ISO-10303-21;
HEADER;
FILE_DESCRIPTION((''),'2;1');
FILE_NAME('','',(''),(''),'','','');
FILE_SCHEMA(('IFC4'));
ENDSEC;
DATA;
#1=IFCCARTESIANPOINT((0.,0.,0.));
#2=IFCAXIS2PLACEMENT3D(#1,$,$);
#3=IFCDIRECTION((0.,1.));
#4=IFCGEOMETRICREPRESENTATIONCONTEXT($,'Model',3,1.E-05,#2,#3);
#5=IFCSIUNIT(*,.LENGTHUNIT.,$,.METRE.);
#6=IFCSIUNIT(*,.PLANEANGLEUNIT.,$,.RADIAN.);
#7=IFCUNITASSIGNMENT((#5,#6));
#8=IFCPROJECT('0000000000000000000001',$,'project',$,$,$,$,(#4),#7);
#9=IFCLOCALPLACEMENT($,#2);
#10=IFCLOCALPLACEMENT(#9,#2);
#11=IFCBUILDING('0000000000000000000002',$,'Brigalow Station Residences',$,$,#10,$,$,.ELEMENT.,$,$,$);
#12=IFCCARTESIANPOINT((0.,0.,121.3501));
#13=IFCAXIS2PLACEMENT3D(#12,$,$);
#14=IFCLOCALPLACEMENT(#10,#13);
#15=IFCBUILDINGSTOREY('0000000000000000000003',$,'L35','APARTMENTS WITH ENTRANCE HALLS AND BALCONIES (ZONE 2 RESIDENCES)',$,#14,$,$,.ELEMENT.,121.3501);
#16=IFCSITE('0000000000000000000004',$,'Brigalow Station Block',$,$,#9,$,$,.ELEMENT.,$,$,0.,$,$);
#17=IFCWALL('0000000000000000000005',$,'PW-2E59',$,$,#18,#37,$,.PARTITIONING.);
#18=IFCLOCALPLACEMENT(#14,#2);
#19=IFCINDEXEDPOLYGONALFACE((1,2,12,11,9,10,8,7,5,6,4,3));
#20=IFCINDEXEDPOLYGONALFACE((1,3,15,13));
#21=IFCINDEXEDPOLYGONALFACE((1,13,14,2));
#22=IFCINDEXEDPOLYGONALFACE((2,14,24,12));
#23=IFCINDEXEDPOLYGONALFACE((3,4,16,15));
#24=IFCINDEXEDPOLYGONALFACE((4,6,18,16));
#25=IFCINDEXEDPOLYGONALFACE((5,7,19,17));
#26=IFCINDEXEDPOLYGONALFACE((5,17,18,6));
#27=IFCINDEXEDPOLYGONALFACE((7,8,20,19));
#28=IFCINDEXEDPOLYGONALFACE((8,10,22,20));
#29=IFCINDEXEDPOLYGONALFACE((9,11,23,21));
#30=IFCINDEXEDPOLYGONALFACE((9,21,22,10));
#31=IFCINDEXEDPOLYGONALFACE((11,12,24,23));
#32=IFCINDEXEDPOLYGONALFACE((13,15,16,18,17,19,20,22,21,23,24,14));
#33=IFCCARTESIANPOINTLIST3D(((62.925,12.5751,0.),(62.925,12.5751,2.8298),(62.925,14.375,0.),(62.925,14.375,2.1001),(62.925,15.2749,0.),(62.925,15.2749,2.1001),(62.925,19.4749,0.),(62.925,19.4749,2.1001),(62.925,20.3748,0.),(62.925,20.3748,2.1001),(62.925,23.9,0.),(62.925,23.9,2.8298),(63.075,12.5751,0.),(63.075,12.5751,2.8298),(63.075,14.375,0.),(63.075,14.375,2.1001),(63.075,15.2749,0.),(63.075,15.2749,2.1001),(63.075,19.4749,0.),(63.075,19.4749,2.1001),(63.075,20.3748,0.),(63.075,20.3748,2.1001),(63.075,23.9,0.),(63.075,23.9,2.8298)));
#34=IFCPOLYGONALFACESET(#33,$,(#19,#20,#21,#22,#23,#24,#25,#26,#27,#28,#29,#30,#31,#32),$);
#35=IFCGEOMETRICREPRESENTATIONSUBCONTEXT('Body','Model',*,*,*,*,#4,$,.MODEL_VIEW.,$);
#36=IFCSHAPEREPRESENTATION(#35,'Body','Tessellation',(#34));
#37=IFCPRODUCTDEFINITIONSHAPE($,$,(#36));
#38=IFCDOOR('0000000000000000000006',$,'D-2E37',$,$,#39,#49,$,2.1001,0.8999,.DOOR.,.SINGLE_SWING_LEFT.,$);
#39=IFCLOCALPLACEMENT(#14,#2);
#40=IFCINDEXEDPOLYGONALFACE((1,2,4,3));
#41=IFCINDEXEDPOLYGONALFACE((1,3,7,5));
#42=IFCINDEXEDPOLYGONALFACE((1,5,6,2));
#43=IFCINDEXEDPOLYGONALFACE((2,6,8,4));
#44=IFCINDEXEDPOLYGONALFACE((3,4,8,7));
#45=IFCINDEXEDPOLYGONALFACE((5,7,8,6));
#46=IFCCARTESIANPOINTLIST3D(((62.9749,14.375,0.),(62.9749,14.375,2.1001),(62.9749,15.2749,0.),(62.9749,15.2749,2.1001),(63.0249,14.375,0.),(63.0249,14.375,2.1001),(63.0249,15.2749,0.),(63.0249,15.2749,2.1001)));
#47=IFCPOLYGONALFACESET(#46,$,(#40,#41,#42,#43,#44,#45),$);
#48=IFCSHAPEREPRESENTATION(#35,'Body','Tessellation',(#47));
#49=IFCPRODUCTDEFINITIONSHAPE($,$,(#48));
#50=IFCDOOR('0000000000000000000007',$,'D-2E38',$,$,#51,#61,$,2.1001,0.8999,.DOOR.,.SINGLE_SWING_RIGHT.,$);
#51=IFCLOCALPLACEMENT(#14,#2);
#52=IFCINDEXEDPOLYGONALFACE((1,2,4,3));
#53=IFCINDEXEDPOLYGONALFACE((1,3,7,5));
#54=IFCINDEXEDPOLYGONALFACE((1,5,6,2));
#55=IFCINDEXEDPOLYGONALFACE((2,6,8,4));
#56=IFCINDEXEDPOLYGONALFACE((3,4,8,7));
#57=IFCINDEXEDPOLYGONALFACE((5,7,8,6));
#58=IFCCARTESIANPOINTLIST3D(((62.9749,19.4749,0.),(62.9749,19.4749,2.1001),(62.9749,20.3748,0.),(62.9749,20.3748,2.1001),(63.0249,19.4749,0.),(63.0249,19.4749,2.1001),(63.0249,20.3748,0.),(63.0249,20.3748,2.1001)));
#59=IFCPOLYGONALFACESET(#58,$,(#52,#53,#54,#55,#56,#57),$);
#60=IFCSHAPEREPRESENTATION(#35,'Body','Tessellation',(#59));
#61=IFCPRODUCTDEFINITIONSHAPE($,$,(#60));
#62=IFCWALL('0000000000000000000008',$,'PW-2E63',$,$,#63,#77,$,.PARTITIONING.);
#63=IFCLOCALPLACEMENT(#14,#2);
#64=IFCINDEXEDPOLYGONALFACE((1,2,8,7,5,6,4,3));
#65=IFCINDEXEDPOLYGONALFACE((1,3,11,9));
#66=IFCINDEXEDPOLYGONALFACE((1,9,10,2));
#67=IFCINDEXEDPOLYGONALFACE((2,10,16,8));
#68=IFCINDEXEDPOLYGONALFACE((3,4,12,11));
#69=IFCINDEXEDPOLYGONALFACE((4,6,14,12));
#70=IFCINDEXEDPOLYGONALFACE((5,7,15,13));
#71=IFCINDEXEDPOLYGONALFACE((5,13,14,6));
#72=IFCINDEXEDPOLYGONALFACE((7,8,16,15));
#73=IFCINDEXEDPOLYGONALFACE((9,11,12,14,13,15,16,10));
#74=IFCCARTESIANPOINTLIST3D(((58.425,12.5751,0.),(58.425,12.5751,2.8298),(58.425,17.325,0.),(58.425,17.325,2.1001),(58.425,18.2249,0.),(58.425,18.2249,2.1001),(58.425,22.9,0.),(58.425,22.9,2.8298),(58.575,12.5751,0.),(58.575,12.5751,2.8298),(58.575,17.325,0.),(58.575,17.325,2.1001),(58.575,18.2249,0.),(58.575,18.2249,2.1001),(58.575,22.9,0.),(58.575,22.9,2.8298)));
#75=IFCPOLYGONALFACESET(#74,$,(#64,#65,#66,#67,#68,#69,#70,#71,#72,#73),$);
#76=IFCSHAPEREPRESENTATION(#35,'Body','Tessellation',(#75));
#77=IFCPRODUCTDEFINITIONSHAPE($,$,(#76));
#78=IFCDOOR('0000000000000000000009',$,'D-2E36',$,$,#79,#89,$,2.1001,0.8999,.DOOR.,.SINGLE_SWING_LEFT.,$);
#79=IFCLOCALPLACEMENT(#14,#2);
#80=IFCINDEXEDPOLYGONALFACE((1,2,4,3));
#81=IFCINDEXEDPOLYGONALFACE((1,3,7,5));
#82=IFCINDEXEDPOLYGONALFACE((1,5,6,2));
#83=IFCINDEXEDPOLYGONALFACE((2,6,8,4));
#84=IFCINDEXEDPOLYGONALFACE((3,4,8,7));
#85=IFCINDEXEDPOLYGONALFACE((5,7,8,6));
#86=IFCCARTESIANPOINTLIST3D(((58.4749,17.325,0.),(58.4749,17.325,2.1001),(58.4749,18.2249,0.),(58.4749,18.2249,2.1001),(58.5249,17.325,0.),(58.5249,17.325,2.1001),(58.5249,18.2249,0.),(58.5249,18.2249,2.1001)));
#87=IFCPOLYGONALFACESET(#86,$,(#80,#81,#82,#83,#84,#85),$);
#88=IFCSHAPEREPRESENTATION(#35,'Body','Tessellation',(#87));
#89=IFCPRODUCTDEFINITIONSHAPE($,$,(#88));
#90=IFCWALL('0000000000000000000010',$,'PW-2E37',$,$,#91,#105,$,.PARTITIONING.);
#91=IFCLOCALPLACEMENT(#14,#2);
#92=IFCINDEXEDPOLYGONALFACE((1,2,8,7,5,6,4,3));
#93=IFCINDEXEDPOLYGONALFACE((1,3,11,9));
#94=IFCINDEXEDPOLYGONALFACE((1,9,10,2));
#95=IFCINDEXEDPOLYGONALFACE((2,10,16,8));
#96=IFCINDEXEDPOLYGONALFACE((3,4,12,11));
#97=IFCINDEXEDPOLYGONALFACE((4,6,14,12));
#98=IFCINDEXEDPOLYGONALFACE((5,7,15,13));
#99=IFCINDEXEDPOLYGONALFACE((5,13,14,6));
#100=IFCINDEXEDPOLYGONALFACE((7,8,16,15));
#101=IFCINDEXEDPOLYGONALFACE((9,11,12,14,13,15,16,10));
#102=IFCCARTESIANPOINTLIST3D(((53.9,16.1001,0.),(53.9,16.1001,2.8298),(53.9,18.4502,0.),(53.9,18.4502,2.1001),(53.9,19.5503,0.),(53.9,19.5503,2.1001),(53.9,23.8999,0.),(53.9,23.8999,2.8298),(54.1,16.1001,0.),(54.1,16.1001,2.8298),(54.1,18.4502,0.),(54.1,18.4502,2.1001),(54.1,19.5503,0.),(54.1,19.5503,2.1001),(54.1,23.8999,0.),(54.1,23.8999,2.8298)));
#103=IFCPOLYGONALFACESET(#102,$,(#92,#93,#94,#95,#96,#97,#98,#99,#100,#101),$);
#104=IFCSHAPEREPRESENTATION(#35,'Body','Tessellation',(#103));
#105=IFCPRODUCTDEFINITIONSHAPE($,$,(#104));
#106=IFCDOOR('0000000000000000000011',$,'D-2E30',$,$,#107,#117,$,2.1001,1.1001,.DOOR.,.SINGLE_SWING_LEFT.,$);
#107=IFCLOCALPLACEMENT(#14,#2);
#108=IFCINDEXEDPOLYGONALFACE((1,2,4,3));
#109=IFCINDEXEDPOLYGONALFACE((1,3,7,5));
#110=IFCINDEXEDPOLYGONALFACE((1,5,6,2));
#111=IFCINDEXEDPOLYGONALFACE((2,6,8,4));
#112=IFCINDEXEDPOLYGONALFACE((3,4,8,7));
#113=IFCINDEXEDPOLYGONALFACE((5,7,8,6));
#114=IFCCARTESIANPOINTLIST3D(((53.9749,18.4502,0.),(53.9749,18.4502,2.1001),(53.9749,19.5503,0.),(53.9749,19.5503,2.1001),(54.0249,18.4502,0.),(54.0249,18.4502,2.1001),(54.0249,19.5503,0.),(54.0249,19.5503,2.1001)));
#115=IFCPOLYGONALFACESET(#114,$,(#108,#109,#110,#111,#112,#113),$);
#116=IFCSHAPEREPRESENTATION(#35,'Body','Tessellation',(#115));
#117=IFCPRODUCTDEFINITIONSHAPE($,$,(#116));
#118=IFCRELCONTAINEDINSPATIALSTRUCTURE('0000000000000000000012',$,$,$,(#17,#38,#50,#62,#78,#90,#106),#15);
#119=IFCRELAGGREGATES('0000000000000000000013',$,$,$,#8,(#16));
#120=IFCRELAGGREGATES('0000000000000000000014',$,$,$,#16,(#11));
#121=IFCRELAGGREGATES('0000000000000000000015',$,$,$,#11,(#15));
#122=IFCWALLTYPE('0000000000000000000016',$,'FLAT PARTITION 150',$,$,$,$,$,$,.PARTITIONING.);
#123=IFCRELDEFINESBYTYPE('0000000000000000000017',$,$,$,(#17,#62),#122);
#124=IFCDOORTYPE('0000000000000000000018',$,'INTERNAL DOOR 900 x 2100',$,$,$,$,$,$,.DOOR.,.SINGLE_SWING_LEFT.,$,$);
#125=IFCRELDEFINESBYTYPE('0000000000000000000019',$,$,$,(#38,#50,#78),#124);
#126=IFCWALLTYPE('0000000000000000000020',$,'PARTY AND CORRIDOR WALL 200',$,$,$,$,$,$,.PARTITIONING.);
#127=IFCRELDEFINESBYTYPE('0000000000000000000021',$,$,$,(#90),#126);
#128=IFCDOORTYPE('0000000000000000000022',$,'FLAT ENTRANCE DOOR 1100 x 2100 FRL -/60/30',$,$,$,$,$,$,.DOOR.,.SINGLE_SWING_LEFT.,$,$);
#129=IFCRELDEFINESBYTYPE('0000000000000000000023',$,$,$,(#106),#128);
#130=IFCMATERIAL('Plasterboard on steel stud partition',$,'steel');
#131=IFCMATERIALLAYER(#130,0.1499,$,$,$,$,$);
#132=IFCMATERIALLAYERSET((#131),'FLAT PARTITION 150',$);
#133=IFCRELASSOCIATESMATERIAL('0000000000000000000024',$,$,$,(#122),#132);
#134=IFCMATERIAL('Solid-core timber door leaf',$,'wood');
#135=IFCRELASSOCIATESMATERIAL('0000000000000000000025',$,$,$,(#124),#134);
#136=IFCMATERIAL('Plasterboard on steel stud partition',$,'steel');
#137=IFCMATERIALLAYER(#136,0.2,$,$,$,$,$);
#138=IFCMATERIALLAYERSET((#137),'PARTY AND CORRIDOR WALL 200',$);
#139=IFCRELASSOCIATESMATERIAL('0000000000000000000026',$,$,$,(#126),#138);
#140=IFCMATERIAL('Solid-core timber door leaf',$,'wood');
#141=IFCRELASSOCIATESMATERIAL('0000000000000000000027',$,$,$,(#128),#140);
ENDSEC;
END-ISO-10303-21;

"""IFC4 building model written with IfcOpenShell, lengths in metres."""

from ifc_helpers import new_model, si_unit, direction, frame, frame_2d, origin, place, context, subcontext, project, spatial, rectangle, extrude, material, layer, layer_set, type_object, element, fill, save


model = new_model("IFC4")

# Units and contexts
model_context = context("Model", 3, precision=1e-05, world=origin(), true_north=direction((0.0, 1.0)))
body_context = subcontext(model_context, "Body", "Model", "MODEL_VIEW")
ifc_project = project(units=[si_unit("LENGTHUNIT", "METRE"), si_unit("PLANEANGLEUNIT", "RADIAN")], contexts=[model_context])

# Site, building, storey
site_placement = place(None, origin())
site = spatial("IfcSite", under=ifc_project, at=site_placement, Name="Brigalow Station Block", CompositionType="ELEMENT", RefElevation=0.0)
building_placement = place(site_placement, origin())
building = spatial("IfcBuilding", under=site, at=building_placement, Name="Brigalow Station Residences", CompositionType="ELEMENT")
storey_placement = place(building_placement, frame((0.0, 0.0, 121.3501)))
storey = spatial("IfcBuildingStorey", under=building, at=storey_placement, Name="L35", Description="APARTMENTS WITH ENTRANCE HALLS AND BALCONIES (ZONE 2 RESIDENCES)", CompositionType="ELEMENT", Elevation=121.3501)

# Shared definitions
ifc_material_1 = material(Name="Plasterboard on steel stud partition", Category="steel")
ifc_layer_1 = layer(ifc_material_1, 0.1499)
ifc_layer_set_1 = layer_set([ifc_layer_1], Name="FLAT PARTITION 150")
wall_type_1 = type_object("IfcWallType", Name="FLAT PARTITION 150", PredefinedType="PARTITIONING", material=ifc_layer_set_1)

# Wall, openings, doors
wall_1_placement = place(storey_placement, frame((63.0, 12.575, 0.0), z_axis=(0.0, 0.0, 1.0), x_axis=(0.0, 1.0, 0.0)))
wall_1 = element("IfcWall", 1, at=wall_1_placement, inside=storey, type_object=wall_type_1, Name="PW-2E59", PredefinedType="PARTITIONING", context=body_context, shape_type="SweptSolid", body=[
    extrude(rectangle(XDim=11.325, YDim=0.1499, at=frame_2d((5.6626, 0.0))), origin(), (0.0, 0.0, 1.0), 2.8298),
])
opening_1_placement = place(wall_1_placement, frame((1.8, 0.0, 0.0)))
opening_1 = element("IfcOpeningElement", 2, at=opening_1_placement, cuts=wall_1, PredefinedType="OPENING", context=body_context, shape_type="SweptSolid", body=[
    extrude(rectangle(XDim=0.8999, YDim=2.1001, at=frame_2d((0.45, 1.05))), frame((0.0, 0.085, 0.0), z_axis=(0.0, -1.0, 0.0), x_axis=(1.0, 0.0, 0.0)), (0.0, 0.0, 1.0), 0.1699),
])
opening_2_placement = place(wall_1_placement, frame((6.8999, 0.0, 0.0)))
opening_2 = element("IfcOpeningElement", 3, at=opening_2_placement, cuts=wall_1, PredefinedType="OPENING", context=body_context, shape_type="SweptSolid", body=[
    extrude(rectangle(XDim=0.8999, YDim=2.1001, at=frame_2d((0.45, 1.05))), frame((0.0, 0.085, 0.0), z_axis=(0.0, -1.0, 0.0), x_axis=(1.0, 0.0, 0.0)), (0.0, 0.0, 1.0), 0.1699),
])
ifc_material_2 = material(Name="Solid-core timber door leaf", Category="wood")
door_type_1 = type_object("IfcDoorType", Name="INTERNAL DOOR 900 x 2100", OperationType="SINGLE_SWING_LEFT", PredefinedType="DOOR", material=ifc_material_2)
door_1_placement = place(opening_1_placement, frame((0.8999, 0.0, 0.0), z_axis=(0.0, 0.0, 1.0), x_axis=(-1.0, 0.0, 0.0)))
door_1 = element("IfcDoor", 4, at=door_1_placement, inside=storey, type_object=door_type_1, Name="D-2E37", OperationType="SINGLE_SWING_LEFT", OverallHeight=2.1001, OverallWidth=0.8999, PredefinedType="DOOR", context=body_context, shape_type="SweptSolid", body=[
    extrude(rectangle(XDim=0.8999, YDim=2.1001, at=frame_2d((0.45, 1.05))), frame((0.0, 0.0249, 0.0), z_axis=(0.0, -1.0, 0.0), x_axis=(1.0, 0.0, 0.0)), (0.0, 0.0, 1.0), 0.05),
])
fill(opening_1, door_1)
door_2_placement = place(opening_2_placement, frame((0.8999, 0.0, 0.0), z_axis=(0.0, 0.0, 1.0), x_axis=(-1.0, 0.0, 0.0)))
door_2 = element("IfcDoor", 5, at=door_2_placement, inside=storey, type_object=door_type_1, Name="D-2E38", OperationType="SINGLE_SWING_RIGHT", OverallHeight=2.1001, OverallWidth=0.8999, PredefinedType="DOOR", context=body_context, shape_type="SweptSolid", body=[
    extrude(rectangle(XDim=0.8999, YDim=2.1001, at=frame_2d((0.45, 1.05))), frame((0.0, 0.0249, 0.0), z_axis=(0.0, -1.0, 0.0), x_axis=(1.0, 0.0, 0.0)), (0.0, 0.0, 1.0), 0.05),
])
fill(opening_2, door_2)

# Walls, openings, doors
wall_2_placement = place(storey_placement, frame((58.5, 12.575, 0.0), z_axis=(0.0, 0.0, 1.0), x_axis=(0.0, 1.0, 0.0)))
wall_2 = element("IfcWall", 6, at=wall_2_placement, inside=storey, type_object=wall_type_1, Name="PW-2E63", PredefinedType="PARTITIONING", context=body_context, shape_type="SweptSolid", body=[
    extrude(rectangle(XDim=10.325, YDim=0.1499, at=frame_2d((5.1626, 0.0))), origin(), (0.0, 0.0, 1.0), 2.8298),
])
opening_3_placement = place(wall_2_placement, frame((4.75, 0.0, 0.0)))
opening_3 = element("IfcOpeningElement", 7, at=opening_3_placement, cuts=wall_2, PredefinedType="OPENING", context=body_context, shape_type="SweptSolid", body=[
    extrude(rectangle(XDim=0.8999, YDim=2.1001, at=frame_2d((0.45, 1.05))), frame((0.0, 0.085, 0.0), z_axis=(0.0, -1.0, 0.0), x_axis=(1.0, 0.0, 0.0)), (0.0, 0.0, 1.0), 0.1699),
])
door_3_placement = place(opening_3_placement, frame((0.8999, 0.0, 0.0), z_axis=(0.0, 0.0, 1.0), x_axis=(-1.0, 0.0, 0.0)))
door_3 = element("IfcDoor", 8, at=door_3_placement, inside=storey, type_object=door_type_1, Name="D-2E36", OperationType="SINGLE_SWING_LEFT", OverallHeight=2.1001, OverallWidth=0.8999, PredefinedType="DOOR", context=body_context, shape_type="SweptSolid", body=[
    extrude(rectangle(XDim=0.8999, YDim=2.1001, at=frame_2d((0.45, 1.05))), frame((0.0, 0.0249, 0.0), z_axis=(0.0, -1.0, 0.0), x_axis=(1.0, 0.0, 0.0)), (0.0, 0.0, 1.0), 0.05),
])
fill(opening_3, door_3)
ifc_material_3 = material(Name="Plasterboard on steel stud partition", Category="steel")
ifc_layer_2 = layer(ifc_material_3, 0.2)
ifc_layer_set_2 = layer_set([ifc_layer_2], Name="PARTY AND CORRIDOR WALL 200")
wall_type_2 = type_object("IfcWallType", Name="PARTY AND CORRIDOR WALL 200", PredefinedType="PARTITIONING", material=ifc_layer_set_2)
wall_3_placement = place(storey_placement, frame((54.0, 16.1001, 0.0), z_axis=(0.0, 0.0, 1.0), x_axis=(0.0, 1.0, 0.0)))
wall_3 = element("IfcWall", 9, at=wall_3_placement, inside=storey, type_object=wall_type_2, Name="PW-2E37", PredefinedType="PARTITIONING", context=body_context, shape_type="SweptSolid", body=[
    extrude(rectangle(XDim=7.7998, YDim=0.2, at=frame_2d((3.8999, 0.0))), origin(), (0.0, 0.0, 1.0), 2.8298),
])
opening_4_placement = place(wall_3_placement, frame((2.3501, 0.0, 0.0)))
opening_4 = element("IfcOpeningElement", 10, at=opening_4_placement, cuts=wall_3, PredefinedType="OPENING", context=body_context, shape_type="SweptSolid", body=[
    extrude(rectangle(XDim=1.1001, YDim=2.1001, at=frame_2d((0.55, 1.05))), frame((0.0, 0.1099, 0.0), z_axis=(0.0, -1.0, 0.0), x_axis=(1.0, 0.0, 0.0)), (0.0, 0.0, 1.0), 0.22),
])
ifc_material_4 = material(Name="Solid-core timber door leaf", Category="wood")
door_type_2 = type_object("IfcDoorType", Name="FLAT ENTRANCE DOOR 1100 x 2100 FRL -/60/30", OperationType="SINGLE_SWING_LEFT", PredefinedType="DOOR", material=ifc_material_4)
door_4_placement = place(opening_4_placement, frame((1.1001, 0.0, 0.0), z_axis=(0.0, 0.0, 1.0), x_axis=(-1.0, 0.0, 0.0)))
door_4 = element("IfcDoor", 11, at=door_4_placement, inside=storey, type_object=door_type_2, Name="D-2E30", OperationType="SINGLE_SWING_LEFT", OverallHeight=2.1001, OverallWidth=1.1001, PredefinedType="DOOR", context=body_context, shape_type="SweptSolid", body=[
    extrude(rectangle(XDim=1.1001, YDim=2.1001, at=frame_2d((0.55, 1.05))), frame((0.0, 0.0249, 0.0), z_axis=(0.0, -1.0, 0.0), x_axis=(1.0, 0.0, 0.0)), (0.0, 0.0, 1.0), 0.05),
])
fill(opening_4, door_4)

save(model, "model.ifc")
